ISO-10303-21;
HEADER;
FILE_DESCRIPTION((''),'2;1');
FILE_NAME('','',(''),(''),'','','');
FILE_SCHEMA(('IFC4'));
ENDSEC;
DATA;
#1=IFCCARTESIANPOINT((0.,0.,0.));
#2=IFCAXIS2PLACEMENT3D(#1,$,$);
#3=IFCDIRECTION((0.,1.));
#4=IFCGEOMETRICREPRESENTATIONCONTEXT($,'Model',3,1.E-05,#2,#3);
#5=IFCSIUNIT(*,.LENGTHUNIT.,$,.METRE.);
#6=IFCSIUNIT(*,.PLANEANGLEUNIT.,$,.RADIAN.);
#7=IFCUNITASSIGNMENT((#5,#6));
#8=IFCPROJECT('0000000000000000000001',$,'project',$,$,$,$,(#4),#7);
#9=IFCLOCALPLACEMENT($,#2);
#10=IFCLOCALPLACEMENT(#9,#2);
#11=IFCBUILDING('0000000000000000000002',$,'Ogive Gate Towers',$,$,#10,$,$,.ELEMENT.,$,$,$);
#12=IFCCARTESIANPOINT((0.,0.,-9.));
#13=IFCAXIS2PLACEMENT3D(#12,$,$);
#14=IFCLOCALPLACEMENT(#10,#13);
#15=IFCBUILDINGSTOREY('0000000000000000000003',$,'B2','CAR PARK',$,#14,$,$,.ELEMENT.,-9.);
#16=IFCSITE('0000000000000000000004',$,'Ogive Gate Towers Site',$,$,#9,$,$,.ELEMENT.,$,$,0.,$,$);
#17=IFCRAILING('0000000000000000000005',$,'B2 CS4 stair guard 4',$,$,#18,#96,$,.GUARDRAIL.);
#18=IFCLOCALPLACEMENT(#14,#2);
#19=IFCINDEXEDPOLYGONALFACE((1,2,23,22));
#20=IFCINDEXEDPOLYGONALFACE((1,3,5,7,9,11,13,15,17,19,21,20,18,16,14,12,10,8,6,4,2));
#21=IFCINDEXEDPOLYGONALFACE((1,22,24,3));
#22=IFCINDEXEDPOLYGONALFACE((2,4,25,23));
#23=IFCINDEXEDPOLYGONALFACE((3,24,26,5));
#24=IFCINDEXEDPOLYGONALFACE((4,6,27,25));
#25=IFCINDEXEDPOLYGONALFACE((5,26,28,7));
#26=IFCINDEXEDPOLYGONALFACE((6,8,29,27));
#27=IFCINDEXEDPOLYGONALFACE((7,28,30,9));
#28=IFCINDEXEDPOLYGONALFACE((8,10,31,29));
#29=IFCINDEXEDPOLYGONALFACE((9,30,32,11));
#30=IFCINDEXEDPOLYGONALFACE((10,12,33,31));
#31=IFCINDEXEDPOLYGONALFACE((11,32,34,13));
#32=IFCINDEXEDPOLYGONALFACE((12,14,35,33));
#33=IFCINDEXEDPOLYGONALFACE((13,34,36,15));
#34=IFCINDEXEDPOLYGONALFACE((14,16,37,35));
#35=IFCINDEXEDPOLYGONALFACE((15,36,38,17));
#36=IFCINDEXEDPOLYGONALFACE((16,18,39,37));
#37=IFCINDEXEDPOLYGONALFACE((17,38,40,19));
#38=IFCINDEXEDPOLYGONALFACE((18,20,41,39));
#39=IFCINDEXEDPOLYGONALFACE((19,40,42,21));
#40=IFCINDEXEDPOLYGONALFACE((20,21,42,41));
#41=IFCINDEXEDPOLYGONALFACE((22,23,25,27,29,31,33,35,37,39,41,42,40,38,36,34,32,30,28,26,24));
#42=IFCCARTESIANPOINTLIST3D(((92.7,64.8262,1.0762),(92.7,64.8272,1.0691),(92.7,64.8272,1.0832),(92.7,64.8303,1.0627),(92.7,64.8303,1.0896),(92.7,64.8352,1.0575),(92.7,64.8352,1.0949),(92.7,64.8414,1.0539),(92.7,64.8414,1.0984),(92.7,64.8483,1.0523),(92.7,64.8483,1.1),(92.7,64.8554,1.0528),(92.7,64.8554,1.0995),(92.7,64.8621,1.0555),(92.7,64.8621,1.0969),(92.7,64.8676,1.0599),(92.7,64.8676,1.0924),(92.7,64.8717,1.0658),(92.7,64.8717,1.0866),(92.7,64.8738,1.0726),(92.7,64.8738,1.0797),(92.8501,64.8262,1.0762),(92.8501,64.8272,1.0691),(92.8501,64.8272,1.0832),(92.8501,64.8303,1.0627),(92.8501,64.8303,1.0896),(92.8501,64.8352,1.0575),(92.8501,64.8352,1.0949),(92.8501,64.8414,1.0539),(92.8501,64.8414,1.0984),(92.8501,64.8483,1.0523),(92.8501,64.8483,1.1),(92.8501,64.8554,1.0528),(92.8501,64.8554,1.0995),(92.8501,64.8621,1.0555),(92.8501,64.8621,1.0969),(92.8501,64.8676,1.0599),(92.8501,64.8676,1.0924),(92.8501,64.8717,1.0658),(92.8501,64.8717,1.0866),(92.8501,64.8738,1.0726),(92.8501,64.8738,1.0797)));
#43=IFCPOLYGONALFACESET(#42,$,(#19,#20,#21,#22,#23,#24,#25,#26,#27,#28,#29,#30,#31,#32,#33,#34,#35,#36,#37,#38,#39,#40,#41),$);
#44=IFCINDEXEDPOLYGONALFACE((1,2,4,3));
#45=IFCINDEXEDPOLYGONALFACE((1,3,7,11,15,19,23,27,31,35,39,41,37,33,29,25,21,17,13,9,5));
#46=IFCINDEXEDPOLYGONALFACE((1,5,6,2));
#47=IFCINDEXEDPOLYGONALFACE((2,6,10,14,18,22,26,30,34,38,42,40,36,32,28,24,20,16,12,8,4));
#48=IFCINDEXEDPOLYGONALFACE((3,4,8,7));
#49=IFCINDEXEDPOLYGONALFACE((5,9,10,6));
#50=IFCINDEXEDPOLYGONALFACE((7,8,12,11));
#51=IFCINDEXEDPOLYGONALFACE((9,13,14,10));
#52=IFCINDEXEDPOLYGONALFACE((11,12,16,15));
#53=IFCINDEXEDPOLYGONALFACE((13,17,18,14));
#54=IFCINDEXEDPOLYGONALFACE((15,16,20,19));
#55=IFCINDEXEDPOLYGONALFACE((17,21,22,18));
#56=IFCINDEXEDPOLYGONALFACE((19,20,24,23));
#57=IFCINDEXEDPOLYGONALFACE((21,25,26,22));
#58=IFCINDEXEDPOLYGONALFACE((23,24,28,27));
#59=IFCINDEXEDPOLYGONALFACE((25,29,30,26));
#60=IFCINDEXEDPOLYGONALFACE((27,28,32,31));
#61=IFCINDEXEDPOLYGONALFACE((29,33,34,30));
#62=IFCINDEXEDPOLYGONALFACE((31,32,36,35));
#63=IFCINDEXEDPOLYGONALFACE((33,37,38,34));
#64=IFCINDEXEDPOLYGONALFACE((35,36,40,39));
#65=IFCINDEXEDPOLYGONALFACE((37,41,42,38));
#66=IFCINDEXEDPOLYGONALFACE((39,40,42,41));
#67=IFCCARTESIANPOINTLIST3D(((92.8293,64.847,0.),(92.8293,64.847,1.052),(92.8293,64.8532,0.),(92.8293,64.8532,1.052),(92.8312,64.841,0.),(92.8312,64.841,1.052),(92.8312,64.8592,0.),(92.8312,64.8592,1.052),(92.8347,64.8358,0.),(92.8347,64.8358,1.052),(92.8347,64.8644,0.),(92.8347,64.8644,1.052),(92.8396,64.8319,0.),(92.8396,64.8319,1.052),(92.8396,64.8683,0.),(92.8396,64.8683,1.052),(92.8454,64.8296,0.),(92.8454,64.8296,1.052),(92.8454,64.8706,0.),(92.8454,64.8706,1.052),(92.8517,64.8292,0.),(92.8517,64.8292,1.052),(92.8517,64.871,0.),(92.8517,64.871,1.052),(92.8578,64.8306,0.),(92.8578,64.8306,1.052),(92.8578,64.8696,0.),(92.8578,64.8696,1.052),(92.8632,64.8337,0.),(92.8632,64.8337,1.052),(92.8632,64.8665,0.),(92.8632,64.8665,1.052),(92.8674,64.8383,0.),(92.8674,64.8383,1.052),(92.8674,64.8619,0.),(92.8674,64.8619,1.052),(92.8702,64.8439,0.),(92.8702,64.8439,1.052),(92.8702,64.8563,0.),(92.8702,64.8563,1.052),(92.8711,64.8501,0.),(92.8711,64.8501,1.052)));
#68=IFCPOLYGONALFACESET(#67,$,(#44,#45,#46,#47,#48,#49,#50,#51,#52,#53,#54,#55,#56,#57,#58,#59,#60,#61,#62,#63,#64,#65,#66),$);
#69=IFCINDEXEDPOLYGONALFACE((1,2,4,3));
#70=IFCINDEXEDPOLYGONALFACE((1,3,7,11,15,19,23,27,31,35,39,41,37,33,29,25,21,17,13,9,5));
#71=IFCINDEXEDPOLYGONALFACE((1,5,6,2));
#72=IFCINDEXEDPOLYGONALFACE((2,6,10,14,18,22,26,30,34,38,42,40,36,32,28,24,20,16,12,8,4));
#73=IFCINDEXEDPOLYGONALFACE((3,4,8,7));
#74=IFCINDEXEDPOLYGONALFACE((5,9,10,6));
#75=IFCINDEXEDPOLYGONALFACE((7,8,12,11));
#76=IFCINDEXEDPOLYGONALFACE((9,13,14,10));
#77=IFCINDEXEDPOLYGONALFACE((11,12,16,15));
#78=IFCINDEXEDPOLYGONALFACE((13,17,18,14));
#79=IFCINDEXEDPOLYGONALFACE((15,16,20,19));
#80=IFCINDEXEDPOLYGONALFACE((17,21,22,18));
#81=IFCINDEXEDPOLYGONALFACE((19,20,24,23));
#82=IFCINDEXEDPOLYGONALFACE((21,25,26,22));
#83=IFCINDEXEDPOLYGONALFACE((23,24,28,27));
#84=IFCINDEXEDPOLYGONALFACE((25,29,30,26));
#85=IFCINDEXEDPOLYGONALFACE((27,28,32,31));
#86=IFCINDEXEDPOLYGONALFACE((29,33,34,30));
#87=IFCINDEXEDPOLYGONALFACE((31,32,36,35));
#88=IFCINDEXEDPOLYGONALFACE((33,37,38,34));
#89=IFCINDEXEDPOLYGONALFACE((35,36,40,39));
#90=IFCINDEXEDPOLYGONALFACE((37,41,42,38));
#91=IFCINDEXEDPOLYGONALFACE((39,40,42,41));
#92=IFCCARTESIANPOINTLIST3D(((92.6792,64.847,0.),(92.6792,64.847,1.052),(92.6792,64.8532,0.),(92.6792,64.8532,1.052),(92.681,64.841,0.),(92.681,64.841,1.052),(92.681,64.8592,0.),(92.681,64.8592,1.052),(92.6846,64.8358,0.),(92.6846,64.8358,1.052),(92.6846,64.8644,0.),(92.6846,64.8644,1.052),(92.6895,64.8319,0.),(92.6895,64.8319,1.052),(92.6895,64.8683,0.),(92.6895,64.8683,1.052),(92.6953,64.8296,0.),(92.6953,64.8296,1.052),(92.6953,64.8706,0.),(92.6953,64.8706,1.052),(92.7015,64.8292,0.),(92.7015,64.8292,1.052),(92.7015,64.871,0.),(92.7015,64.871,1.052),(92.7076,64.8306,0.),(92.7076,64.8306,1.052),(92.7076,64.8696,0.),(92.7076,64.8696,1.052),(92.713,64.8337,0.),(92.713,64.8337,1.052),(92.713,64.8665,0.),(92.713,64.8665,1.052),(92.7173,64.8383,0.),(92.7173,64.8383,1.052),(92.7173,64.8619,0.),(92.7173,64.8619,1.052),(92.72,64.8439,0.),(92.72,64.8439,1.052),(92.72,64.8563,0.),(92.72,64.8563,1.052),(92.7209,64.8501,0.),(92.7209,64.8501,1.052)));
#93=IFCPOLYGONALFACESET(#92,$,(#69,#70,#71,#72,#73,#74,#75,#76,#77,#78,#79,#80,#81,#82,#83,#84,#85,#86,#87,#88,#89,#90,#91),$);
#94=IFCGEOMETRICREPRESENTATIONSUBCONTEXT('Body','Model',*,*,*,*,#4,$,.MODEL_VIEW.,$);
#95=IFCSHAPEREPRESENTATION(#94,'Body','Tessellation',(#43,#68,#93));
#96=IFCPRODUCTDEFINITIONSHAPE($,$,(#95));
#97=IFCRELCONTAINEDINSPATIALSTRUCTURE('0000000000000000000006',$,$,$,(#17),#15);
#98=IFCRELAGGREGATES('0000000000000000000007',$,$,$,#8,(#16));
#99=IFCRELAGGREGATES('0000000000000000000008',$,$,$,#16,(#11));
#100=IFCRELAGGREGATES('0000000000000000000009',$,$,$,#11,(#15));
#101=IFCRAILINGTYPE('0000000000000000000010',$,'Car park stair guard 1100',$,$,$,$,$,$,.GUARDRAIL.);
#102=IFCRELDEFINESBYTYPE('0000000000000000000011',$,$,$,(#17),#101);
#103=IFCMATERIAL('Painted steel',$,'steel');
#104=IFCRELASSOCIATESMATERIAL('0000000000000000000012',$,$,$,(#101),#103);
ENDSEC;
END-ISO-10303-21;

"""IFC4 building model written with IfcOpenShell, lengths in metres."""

from ifc_helpers import new_model, si_unit, direction, frame, origin, origin_2d, place, context, subcontext, project, spatial, circle, extrude, material, type_object, element, save


model = new_model("IFC4")

# Units and contexts
model_context = context("Model", 3, precision=1e-05, world=origin(), true_north=direction((0.0, 1.0)))
body_context = subcontext(model_context, "Body", "Model", "MODEL_VIEW")
ifc_project = project(units=[si_unit("LENGTHUNIT", "METRE"), si_unit("PLANEANGLEUNIT", "RADIAN")], contexts=[model_context])

# Site, building, storey
site_placement = place(None, origin())
site = spatial("IfcSite", under=ifc_project, at=site_placement, Name="Ogive Gate Towers Site", CompositionType="ELEMENT", RefElevation=0.0)
building_placement = place(site_placement, origin())
building = spatial("IfcBuilding", under=site, at=building_placement, Name="Ogive Gate Towers", CompositionType="ELEMENT")
storey_placement = place(building_placement, frame((0.0, 0.0, -9.0)))
storey = spatial("IfcBuildingStorey", under=building, at=storey_placement, Name="B2", Description="CAR PARK", CompositionType="ELEMENT", Elevation=-9.0)

# Railing
ifc_material_1 = material(Name="Painted steel", Category="steel")
railing_type_1 = type_object("IfcRailingType", Name="Car park stair guard 1100", PredefinedType="GUARDRAIL", material=ifc_material_1)
railing_1_placement = place(storey_placement, frame((92.8501, 64.8501, 0.0)))
element("IfcRailing", 1, at=railing_1_placement, inside=storey, type_object=railing_type_1, Name="B2 CS4 stair guard 4", PredefinedType="GUARDRAIL", context=body_context, shape_type="SweptSolid", body=[
    extrude(circle(Radius=0.0239, at=origin_2d()), frame((0.0, 0.0, 1.0762), z_axis=(-1.0, 0.0, 0.0), x_axis=(0.0, -1.0, 0.0)), (0.0, 0.0, 1.0), 0.1501),
    extrude(circle(Radius=0.021, at=origin_2d()), origin(), (0.0, 0.0, 1.0), 1.052),
    extrude(circle(Radius=0.021, at=origin_2d()), frame((-0.1501, 0.0, 0.0)), (0.0, 0.0, 1.0), 1.052),
])

save(model, "model.ifc")
